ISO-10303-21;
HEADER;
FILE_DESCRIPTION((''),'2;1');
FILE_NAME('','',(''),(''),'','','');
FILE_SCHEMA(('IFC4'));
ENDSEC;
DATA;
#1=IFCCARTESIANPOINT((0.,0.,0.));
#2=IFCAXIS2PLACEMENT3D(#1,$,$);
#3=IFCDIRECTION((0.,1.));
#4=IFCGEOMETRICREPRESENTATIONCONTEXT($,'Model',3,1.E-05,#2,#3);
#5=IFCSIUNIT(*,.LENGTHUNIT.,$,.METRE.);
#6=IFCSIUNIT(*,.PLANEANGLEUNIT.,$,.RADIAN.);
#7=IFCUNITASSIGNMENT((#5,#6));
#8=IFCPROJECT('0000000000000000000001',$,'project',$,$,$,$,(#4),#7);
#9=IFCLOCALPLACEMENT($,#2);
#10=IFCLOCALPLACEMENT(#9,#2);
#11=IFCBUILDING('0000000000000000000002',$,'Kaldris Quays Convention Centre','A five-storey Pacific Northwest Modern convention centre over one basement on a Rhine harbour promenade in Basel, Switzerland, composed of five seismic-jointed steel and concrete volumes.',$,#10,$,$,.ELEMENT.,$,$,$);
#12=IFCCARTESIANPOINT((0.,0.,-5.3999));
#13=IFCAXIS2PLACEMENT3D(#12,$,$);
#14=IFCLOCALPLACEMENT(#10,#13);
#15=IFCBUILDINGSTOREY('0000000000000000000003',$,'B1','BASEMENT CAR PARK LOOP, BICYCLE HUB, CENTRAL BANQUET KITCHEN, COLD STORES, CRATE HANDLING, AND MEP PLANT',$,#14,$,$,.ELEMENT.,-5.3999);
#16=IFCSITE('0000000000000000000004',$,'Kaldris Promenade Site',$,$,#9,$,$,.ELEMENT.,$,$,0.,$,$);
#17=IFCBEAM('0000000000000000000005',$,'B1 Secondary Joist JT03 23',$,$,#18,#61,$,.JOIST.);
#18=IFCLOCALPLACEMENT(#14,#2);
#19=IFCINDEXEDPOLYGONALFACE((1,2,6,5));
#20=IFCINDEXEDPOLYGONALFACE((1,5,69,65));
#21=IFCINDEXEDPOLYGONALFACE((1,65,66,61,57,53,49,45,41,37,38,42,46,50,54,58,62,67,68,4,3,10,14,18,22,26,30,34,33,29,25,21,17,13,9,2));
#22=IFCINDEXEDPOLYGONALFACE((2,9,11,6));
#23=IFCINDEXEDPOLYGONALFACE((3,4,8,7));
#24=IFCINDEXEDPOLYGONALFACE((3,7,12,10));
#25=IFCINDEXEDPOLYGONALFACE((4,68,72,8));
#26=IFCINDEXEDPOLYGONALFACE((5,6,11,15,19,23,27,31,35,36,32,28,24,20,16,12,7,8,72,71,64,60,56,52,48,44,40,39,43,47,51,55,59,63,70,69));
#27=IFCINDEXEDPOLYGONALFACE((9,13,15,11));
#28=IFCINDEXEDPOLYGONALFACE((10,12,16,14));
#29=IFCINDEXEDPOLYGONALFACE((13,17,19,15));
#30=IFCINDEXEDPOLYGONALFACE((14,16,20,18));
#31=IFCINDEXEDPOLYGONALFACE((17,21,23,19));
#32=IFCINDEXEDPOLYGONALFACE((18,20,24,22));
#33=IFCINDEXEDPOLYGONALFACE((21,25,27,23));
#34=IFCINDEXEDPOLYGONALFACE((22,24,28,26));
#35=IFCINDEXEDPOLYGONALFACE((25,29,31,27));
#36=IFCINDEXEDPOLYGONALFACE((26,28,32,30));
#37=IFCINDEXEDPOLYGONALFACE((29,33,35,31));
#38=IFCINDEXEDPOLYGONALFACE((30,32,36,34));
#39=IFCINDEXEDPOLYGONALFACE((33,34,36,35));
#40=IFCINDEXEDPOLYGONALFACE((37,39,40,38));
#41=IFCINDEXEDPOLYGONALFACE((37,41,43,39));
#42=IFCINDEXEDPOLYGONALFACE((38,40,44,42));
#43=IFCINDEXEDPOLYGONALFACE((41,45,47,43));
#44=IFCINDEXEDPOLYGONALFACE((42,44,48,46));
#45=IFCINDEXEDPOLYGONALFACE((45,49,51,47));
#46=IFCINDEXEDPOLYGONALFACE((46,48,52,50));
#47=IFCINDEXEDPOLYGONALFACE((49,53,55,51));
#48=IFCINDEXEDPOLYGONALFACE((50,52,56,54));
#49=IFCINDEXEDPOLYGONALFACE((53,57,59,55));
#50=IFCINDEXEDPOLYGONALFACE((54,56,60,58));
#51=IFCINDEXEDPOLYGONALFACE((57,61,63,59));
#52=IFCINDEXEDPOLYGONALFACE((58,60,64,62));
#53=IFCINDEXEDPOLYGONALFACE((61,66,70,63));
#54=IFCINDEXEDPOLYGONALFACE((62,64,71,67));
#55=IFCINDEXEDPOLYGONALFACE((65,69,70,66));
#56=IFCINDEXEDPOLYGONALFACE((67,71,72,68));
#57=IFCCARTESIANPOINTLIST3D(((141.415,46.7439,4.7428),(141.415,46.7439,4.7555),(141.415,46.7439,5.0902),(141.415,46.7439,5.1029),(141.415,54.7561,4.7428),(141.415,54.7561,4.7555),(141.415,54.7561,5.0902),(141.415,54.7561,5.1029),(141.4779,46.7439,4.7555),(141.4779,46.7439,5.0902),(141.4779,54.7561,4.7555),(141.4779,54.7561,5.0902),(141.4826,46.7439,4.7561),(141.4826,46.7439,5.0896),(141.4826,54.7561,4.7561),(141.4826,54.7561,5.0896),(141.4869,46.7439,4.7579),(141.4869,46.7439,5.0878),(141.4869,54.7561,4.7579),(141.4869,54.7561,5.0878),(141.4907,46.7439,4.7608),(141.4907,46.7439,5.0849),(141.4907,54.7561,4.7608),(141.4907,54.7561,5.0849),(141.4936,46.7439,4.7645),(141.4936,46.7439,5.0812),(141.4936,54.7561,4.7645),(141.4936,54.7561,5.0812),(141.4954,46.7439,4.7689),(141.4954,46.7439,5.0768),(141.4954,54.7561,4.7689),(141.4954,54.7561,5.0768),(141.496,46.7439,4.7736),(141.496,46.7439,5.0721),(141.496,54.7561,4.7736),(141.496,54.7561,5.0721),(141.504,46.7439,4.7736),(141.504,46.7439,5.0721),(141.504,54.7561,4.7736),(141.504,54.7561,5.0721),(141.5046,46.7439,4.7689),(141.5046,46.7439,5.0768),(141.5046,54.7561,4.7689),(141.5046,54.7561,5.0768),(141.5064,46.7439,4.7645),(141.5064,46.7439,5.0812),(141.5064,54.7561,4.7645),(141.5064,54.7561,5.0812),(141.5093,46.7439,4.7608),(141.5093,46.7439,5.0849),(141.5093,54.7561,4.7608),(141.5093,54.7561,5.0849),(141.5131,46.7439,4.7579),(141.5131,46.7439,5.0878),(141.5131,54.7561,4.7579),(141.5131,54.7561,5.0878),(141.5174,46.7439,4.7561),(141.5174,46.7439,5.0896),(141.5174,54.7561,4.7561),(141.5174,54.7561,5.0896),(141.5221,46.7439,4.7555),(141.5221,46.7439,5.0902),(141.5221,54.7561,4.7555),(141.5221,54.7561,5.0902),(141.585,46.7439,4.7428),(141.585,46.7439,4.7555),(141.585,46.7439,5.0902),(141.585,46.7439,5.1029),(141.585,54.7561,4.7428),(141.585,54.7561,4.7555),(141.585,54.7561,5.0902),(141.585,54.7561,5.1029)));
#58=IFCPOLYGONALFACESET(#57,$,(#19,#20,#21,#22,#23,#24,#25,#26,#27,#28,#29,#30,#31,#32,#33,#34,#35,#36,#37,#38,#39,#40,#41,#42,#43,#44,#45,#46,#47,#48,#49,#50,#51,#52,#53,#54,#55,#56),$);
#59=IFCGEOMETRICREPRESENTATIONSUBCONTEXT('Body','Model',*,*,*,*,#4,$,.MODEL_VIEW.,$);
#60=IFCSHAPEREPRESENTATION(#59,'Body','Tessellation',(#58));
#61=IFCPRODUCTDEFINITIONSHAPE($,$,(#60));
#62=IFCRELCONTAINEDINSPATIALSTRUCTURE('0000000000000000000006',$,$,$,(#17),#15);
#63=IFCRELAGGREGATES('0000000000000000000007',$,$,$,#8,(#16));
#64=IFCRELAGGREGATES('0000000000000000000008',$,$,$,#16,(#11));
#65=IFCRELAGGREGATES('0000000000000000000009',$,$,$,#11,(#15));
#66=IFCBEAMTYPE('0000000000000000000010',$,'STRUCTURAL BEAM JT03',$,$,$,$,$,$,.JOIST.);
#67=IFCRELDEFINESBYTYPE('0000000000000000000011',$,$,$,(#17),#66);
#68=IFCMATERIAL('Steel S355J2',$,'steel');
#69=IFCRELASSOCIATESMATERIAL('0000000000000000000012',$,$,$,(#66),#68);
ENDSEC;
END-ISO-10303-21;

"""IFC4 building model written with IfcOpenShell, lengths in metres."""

from ifc_helpers import new_model, si_unit, direction, frame, origin, origin_2d, place, context, subcontext, project, spatial, i_section, extrude, material, material_profile, profile_set, type_object, element, save


model = new_model("IFC4")

# Units and contexts
model_context = context("Model", 3, precision=1e-05, world=origin(), true_north=direction((0.0, 1.0)))
body_context = subcontext(model_context, "Body", "Model", "MODEL_VIEW")
ifc_project = project(units=[si_unit("LENGTHUNIT", "METRE"), si_unit("PLANEANGLEUNIT", "RADIAN")], contexts=[model_context])

# Site, building, storey
site_placement = place(None, origin())
site = spatial("IfcSite", under=ifc_project, at=site_placement, Name="Kaldris Promenade Site", CompositionType="ELEMENT", RefElevation=0.0)
building_placement = place(site_placement, origin())
building = spatial("IfcBuilding", under=site, at=building_placement, Name="Kaldris Quays Convention Centre", Description="A five-storey Pacific Northwest Modern convention centre over one basement on a Rhine harbour promenade in Basel, Switzerland, composed of five seismic-jointed steel and concrete volumes.", CompositionType="ELEMENT")
storey_placement = place(building_placement, frame((0.0, 0.0, -5.3999)))
storey = spatial("IfcBuildingStorey", under=building, at=storey_placement, Name="B1", Description="BASEMENT CAR PARK LOOP, BICYCLE HUB, CENTRAL BANQUET KITCHEN, COLD STORES, CRATE HANDLING, AND MEP PLANT", CompositionType="ELEMENT", Elevation=-5.3999)

# Shared definitions
ifc_material_1 = material(Name="Steel S355J2", Category="steel")

# Beam
ifc_material_profile_1 = material_profile(ifc_material_1, i_section(OverallWidth=0.1699, OverallDepth=0.3601, WebThickness=0.0081, FlangeThickness=0.0127, FilletRadius=0.0181, at=origin_2d()), Name="IPE 360")
ifc_profile_set_1 = profile_set([ifc_material_profile_1], Name="Steel S355J2")
beam_type_1 = type_object("IfcBeamType", Name="STRUCTURAL BEAM JT03", PredefinedType="JOIST", material=ifc_profile_set_1)
beam_1_placement = place(storey_placement, frame((141.5, 46.7439, 4.9229), z_axis=(0.0, 1.0, 0.0), x_axis=(-1.0, 0.0, 0.0)))
element("IfcBeam", 1, at=beam_1_placement, inside=storey, type_object=beam_type_1, Name="B1 Secondary Joist JT03 23", PredefinedType="JOIST", context=body_context, shape_type="SweptSolid", body=[
    extrude(i_section(OverallWidth=0.1699, OverallDepth=0.3601, WebThickness=0.0081, FlangeThickness=0.0127, FilletRadius=0.0181, at=origin_2d()), origin(), (0.0, 0.0, 1.0), 8.0122),
])

save(model, "model.ifc")
